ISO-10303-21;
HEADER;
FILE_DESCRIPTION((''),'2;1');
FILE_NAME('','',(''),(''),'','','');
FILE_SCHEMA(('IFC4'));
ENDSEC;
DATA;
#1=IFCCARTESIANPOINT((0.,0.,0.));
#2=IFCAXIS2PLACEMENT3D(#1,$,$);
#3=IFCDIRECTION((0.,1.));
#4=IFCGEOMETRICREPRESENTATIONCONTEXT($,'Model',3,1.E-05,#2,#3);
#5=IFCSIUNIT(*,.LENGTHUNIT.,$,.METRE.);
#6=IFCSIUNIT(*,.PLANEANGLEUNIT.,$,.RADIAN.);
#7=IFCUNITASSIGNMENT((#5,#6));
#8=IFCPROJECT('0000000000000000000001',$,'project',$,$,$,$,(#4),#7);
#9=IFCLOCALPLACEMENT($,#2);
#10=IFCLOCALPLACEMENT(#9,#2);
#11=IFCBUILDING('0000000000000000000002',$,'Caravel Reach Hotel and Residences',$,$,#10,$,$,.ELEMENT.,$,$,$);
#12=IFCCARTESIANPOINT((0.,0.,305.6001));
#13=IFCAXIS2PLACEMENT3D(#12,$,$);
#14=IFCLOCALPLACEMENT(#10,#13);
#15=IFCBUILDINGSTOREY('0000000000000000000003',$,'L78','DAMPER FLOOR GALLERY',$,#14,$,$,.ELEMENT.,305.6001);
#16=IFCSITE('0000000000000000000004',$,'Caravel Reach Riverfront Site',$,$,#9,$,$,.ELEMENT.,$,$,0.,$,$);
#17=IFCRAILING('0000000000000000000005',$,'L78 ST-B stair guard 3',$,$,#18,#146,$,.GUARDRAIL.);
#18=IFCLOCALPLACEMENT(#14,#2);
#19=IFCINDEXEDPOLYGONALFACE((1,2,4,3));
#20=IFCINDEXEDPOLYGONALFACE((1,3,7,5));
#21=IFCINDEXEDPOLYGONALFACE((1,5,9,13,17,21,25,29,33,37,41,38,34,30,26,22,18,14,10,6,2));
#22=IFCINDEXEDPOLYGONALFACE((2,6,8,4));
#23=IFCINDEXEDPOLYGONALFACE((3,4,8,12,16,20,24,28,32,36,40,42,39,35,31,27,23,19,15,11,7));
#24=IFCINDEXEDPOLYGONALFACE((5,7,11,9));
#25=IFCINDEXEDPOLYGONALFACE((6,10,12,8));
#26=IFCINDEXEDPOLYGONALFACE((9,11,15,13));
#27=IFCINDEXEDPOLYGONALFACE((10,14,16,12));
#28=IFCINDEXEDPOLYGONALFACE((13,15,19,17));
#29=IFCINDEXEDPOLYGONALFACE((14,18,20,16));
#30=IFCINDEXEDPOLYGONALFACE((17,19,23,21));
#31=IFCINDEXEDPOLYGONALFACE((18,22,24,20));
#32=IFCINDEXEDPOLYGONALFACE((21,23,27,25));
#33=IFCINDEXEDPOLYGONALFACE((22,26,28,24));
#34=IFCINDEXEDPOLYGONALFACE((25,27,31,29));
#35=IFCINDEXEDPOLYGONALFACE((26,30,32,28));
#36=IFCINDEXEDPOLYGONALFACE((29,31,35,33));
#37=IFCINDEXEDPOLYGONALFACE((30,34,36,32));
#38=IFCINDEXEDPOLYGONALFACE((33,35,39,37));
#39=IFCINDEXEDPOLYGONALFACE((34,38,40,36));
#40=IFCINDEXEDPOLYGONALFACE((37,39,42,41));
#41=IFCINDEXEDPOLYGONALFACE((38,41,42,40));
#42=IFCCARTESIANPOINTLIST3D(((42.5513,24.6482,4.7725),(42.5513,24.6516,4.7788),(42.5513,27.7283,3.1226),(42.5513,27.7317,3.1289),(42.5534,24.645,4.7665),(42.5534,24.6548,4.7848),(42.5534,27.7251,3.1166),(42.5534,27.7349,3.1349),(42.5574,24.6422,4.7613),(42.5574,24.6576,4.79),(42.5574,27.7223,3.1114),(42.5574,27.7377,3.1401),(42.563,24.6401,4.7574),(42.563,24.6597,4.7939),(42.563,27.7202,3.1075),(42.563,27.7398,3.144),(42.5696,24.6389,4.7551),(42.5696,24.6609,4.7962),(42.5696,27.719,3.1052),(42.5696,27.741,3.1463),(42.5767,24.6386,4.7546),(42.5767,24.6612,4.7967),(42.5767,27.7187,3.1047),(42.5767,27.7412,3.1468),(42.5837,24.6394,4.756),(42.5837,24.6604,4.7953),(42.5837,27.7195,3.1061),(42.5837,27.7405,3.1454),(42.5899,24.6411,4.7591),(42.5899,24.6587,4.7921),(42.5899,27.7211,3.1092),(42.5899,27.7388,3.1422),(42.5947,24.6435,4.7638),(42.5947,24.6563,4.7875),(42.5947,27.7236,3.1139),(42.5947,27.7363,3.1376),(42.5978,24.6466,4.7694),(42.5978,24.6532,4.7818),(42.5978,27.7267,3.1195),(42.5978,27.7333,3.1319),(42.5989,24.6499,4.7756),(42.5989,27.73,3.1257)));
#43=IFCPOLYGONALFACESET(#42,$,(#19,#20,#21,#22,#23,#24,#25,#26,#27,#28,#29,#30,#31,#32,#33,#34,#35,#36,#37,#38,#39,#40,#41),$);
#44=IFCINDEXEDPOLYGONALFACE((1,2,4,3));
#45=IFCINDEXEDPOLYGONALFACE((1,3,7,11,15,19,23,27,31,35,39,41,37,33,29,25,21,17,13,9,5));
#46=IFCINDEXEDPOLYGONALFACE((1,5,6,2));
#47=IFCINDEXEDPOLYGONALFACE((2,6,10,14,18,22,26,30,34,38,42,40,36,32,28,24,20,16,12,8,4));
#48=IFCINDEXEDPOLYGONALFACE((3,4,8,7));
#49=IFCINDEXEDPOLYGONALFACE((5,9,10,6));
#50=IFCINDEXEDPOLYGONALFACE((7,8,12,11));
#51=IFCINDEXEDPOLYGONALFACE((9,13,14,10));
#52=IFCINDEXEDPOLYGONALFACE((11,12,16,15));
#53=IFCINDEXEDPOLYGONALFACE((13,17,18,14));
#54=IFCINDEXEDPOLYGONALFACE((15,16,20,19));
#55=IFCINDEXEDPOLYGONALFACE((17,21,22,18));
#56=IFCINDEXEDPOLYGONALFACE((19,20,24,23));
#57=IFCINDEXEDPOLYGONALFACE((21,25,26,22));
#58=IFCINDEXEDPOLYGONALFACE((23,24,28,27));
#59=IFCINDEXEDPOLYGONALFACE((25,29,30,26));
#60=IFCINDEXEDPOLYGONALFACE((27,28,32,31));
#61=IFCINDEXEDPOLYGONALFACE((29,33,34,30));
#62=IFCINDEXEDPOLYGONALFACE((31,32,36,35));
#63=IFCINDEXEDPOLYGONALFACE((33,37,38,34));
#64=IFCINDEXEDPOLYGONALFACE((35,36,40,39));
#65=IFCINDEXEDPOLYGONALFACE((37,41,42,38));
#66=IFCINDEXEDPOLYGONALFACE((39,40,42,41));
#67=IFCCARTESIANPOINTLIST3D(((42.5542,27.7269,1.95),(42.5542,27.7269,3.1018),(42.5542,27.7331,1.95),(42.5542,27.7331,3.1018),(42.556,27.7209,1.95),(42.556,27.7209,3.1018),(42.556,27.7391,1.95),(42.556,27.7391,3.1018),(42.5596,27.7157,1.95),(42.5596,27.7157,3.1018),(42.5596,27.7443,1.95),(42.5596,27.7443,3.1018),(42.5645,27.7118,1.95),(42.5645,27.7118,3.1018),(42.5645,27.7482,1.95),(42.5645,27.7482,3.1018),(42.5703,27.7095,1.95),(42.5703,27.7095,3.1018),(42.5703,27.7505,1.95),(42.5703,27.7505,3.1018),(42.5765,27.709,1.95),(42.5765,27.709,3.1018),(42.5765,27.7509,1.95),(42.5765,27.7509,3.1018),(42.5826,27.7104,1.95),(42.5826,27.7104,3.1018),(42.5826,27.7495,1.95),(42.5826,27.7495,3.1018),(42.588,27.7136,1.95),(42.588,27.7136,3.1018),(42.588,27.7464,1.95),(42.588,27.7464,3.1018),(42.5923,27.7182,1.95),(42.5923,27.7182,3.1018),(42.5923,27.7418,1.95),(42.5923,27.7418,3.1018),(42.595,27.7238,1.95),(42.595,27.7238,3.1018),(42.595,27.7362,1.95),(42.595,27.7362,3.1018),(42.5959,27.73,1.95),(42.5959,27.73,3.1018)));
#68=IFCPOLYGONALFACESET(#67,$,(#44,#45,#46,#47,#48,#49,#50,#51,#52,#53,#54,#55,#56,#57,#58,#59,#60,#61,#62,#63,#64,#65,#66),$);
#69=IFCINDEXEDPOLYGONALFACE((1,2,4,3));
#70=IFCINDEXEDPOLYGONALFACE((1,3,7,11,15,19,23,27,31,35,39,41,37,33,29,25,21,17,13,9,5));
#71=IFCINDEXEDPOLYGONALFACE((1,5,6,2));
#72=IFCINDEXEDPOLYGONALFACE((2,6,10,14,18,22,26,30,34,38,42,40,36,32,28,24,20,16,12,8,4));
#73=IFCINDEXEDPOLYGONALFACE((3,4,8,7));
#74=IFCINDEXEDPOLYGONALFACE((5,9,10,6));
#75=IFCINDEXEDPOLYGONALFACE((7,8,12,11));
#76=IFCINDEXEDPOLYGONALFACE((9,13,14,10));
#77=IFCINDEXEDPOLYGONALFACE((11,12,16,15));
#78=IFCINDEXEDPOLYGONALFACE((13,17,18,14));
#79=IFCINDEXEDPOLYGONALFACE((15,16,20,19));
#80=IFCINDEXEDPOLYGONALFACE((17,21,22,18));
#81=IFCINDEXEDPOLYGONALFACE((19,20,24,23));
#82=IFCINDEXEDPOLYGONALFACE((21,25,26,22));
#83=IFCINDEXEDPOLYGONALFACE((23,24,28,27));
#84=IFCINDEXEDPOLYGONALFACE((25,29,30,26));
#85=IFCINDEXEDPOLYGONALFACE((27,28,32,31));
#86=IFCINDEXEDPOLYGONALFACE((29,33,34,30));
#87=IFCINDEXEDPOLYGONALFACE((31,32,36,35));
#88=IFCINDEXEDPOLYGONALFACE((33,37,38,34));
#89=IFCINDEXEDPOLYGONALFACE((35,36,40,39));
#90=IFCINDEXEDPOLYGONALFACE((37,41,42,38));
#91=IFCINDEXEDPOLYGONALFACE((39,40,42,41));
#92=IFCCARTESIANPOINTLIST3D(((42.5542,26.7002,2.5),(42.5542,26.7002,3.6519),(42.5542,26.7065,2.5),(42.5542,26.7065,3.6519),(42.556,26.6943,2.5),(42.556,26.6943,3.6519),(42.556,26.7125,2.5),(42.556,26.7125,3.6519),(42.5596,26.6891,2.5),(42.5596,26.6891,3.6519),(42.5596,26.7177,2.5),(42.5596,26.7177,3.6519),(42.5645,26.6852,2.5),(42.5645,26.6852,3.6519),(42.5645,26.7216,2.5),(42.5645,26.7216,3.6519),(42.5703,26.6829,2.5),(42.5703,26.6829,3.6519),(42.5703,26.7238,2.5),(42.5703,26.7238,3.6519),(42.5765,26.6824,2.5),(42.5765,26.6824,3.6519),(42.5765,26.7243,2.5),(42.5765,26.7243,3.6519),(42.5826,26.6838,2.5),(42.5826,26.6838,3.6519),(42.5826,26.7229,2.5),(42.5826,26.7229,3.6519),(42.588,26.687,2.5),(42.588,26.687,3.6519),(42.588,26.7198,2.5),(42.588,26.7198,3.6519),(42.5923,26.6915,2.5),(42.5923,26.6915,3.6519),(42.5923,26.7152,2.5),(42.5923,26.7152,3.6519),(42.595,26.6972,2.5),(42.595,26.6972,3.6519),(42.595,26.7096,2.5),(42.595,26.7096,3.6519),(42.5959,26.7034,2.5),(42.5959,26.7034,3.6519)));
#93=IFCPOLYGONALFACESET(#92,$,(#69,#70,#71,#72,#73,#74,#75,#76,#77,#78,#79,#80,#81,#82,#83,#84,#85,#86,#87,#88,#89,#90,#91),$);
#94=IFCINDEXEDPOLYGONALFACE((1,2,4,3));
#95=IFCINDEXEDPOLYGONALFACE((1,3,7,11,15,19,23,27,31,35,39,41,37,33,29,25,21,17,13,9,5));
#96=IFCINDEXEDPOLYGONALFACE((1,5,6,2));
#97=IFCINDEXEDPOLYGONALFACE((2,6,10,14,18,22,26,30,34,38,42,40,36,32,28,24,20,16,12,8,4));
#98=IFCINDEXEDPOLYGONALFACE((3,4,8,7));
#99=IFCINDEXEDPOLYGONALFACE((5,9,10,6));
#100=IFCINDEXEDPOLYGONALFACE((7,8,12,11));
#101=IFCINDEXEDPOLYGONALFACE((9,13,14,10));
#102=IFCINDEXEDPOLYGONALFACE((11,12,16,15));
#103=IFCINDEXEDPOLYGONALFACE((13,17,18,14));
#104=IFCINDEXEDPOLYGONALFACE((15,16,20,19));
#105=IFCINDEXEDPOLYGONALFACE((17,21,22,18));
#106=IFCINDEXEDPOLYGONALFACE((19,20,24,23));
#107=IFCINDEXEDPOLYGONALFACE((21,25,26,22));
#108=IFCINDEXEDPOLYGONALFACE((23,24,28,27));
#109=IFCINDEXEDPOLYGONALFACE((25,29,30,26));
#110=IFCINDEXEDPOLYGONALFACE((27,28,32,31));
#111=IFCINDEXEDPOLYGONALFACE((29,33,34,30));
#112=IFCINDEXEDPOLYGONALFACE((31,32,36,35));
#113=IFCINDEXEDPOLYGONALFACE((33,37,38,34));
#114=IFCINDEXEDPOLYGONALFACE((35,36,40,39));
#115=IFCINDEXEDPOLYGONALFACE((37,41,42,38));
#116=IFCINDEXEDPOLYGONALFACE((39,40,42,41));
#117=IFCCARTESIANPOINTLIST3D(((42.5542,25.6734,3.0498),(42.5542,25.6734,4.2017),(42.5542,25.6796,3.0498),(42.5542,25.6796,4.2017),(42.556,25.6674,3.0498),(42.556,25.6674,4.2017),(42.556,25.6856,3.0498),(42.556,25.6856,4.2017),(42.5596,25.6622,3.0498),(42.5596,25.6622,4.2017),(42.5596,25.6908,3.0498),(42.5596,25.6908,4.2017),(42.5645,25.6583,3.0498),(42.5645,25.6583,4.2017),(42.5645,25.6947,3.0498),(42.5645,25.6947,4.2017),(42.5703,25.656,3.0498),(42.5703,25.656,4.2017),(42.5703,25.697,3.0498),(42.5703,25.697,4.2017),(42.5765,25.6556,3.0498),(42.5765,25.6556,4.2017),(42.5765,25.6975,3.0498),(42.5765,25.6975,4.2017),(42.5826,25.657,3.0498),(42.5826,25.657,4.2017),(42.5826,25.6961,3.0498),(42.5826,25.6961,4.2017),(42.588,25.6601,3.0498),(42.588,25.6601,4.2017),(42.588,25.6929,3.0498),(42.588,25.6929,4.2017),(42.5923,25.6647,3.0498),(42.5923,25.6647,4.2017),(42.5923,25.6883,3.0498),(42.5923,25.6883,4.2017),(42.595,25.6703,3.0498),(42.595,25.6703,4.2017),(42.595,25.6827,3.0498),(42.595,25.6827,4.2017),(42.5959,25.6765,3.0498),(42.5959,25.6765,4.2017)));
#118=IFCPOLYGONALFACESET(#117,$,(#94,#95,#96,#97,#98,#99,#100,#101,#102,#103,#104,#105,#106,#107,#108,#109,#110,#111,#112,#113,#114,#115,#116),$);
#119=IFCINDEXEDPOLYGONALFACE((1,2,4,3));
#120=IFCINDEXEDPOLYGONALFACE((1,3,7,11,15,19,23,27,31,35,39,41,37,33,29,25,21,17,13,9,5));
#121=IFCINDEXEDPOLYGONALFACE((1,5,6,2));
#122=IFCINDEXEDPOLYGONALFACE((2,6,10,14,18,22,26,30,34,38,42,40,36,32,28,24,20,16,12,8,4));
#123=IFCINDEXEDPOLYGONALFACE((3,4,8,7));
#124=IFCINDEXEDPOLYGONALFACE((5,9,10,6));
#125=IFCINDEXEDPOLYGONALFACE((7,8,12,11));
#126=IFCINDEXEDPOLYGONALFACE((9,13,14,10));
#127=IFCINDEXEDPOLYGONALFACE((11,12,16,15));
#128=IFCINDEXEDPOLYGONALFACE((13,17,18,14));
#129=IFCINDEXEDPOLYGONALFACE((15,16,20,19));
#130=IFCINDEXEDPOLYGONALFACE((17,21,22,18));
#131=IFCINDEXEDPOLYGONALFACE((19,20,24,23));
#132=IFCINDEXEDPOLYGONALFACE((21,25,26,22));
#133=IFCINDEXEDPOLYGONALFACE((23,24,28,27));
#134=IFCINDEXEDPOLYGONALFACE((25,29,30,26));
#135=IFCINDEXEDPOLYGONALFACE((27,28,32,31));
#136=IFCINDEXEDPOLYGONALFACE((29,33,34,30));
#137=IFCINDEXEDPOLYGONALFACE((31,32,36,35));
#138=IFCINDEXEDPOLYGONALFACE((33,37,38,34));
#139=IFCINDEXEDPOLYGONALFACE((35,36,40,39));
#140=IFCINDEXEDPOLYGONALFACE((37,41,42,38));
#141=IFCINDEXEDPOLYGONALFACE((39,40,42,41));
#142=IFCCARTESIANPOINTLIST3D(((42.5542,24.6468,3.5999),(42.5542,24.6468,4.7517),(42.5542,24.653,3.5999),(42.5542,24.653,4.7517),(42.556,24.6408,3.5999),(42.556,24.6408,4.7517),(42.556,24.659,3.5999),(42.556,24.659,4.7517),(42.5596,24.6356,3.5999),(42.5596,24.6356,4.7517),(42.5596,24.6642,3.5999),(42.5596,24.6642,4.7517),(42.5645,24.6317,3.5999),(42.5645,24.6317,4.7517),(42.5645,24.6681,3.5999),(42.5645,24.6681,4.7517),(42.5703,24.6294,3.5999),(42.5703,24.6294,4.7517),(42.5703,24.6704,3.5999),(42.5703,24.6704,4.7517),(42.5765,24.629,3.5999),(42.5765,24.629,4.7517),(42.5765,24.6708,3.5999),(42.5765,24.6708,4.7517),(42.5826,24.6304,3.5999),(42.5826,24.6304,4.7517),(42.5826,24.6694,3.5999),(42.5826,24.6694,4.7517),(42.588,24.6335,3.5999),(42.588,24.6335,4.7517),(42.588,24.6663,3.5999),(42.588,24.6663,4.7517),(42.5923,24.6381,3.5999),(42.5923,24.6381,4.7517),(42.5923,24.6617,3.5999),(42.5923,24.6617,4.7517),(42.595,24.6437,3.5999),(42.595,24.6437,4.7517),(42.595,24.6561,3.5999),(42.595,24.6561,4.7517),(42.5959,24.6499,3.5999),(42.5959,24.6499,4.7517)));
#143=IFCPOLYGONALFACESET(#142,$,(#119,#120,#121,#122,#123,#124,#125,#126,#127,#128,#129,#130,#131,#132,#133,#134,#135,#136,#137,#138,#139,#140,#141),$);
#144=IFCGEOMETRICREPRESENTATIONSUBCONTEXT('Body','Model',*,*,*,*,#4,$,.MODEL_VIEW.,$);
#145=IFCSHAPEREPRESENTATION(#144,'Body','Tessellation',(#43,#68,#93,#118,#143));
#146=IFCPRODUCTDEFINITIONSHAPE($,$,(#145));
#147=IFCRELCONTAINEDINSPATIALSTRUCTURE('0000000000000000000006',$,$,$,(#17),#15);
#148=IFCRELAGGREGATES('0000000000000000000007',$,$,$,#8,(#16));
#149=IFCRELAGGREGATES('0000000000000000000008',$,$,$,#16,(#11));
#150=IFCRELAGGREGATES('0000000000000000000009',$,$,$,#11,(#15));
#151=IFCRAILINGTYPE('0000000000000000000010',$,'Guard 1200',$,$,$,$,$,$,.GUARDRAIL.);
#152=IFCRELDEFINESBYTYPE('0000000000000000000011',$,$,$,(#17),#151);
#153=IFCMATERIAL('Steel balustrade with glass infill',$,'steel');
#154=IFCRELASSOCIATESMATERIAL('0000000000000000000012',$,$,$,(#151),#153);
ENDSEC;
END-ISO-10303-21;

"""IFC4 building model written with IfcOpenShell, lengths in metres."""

from ifc_helpers import new_model, si_unit, direction, frame, origin, origin_2d, place, context, subcontext, project, spatial, circle, extrude, material, type_object, element, save


model = new_model("IFC4")

# Units and contexts
model_context = context("Model", 3, precision=1e-05, world=origin(), true_north=direction((0.0, 1.0)))
body_context = subcontext(model_context, "Body", "Model", "MODEL_VIEW")
ifc_project = project(units=[si_unit("LENGTHUNIT", "METRE"), si_unit("PLANEANGLEUNIT", "RADIAN")], contexts=[model_context])

# Site, building, storey
site_placement = place(None, origin())
site = spatial("IfcSite", under=ifc_project, at=site_placement, Name="Caravel Reach Riverfront Site", CompositionType="ELEMENT", RefElevation=0.0)
building_placement = place(site_placement, origin())
building = spatial("IfcBuilding", under=site, at=building_placement, Name="Caravel Reach Hotel and Residences", CompositionType="ELEMENT")
storey_placement = place(building_placement, frame((0.0, 0.0, 305.6001)))
storey = spatial("IfcBuildingStorey", under=building, at=storey_placement, Name="L78", Description="DAMPER FLOOR GALLERY", CompositionType="ELEMENT", Elevation=305.6001)

# Railing
ifc_material_1 = material(Name="Steel balustrade with glass infill", Category="steel")
railing_type_1 = type_object("IfcRailingType", Name="Guard 1200", PredefinedType="GUARDRAIL", material=ifc_material_1)
railing_1_placement = place(storey_placement, frame((42.575, 27.73, 1.95)))
element("IfcRailing", 1, at=railing_1_placement, inside=storey, type_object=railing_type_1, Name="L78 ST-B stair guard 3", PredefinedType="GUARDRAIL", context=body_context, shape_type="SweptSolid", body=[
    extrude(circle(Radius=0.0239, at=origin_2d()), frame((0.0, 0.0, 1.1758), z_axis=(0.0, -0.881497, 0.47219), x_axis=(1.0, 0.0, 0.0)), (0.0, 0.0, 1.0), 3.4941),
    extrude(circle(Radius=0.021, at=origin_2d()), origin(), (0.0, 0.0, 1.0), 1.1519),
    extrude(circle(Radius=0.021, at=origin_2d()), frame((0.0, -1.0266, 0.55)), (0.0, 0.0, 1.0), 1.1519),
    extrude(circle(Radius=0.021, at=origin_2d()), frame((0.0, -2.0535, 1.0999)), (0.0, 0.0, 1.0), 1.1519),
    extrude(circle(Radius=0.021, at=origin_2d()), frame((0.0, -3.0801, 1.6499)), (0.0, 0.0, 1.0), 1.1519),
])

save(model, "model.ifc")
